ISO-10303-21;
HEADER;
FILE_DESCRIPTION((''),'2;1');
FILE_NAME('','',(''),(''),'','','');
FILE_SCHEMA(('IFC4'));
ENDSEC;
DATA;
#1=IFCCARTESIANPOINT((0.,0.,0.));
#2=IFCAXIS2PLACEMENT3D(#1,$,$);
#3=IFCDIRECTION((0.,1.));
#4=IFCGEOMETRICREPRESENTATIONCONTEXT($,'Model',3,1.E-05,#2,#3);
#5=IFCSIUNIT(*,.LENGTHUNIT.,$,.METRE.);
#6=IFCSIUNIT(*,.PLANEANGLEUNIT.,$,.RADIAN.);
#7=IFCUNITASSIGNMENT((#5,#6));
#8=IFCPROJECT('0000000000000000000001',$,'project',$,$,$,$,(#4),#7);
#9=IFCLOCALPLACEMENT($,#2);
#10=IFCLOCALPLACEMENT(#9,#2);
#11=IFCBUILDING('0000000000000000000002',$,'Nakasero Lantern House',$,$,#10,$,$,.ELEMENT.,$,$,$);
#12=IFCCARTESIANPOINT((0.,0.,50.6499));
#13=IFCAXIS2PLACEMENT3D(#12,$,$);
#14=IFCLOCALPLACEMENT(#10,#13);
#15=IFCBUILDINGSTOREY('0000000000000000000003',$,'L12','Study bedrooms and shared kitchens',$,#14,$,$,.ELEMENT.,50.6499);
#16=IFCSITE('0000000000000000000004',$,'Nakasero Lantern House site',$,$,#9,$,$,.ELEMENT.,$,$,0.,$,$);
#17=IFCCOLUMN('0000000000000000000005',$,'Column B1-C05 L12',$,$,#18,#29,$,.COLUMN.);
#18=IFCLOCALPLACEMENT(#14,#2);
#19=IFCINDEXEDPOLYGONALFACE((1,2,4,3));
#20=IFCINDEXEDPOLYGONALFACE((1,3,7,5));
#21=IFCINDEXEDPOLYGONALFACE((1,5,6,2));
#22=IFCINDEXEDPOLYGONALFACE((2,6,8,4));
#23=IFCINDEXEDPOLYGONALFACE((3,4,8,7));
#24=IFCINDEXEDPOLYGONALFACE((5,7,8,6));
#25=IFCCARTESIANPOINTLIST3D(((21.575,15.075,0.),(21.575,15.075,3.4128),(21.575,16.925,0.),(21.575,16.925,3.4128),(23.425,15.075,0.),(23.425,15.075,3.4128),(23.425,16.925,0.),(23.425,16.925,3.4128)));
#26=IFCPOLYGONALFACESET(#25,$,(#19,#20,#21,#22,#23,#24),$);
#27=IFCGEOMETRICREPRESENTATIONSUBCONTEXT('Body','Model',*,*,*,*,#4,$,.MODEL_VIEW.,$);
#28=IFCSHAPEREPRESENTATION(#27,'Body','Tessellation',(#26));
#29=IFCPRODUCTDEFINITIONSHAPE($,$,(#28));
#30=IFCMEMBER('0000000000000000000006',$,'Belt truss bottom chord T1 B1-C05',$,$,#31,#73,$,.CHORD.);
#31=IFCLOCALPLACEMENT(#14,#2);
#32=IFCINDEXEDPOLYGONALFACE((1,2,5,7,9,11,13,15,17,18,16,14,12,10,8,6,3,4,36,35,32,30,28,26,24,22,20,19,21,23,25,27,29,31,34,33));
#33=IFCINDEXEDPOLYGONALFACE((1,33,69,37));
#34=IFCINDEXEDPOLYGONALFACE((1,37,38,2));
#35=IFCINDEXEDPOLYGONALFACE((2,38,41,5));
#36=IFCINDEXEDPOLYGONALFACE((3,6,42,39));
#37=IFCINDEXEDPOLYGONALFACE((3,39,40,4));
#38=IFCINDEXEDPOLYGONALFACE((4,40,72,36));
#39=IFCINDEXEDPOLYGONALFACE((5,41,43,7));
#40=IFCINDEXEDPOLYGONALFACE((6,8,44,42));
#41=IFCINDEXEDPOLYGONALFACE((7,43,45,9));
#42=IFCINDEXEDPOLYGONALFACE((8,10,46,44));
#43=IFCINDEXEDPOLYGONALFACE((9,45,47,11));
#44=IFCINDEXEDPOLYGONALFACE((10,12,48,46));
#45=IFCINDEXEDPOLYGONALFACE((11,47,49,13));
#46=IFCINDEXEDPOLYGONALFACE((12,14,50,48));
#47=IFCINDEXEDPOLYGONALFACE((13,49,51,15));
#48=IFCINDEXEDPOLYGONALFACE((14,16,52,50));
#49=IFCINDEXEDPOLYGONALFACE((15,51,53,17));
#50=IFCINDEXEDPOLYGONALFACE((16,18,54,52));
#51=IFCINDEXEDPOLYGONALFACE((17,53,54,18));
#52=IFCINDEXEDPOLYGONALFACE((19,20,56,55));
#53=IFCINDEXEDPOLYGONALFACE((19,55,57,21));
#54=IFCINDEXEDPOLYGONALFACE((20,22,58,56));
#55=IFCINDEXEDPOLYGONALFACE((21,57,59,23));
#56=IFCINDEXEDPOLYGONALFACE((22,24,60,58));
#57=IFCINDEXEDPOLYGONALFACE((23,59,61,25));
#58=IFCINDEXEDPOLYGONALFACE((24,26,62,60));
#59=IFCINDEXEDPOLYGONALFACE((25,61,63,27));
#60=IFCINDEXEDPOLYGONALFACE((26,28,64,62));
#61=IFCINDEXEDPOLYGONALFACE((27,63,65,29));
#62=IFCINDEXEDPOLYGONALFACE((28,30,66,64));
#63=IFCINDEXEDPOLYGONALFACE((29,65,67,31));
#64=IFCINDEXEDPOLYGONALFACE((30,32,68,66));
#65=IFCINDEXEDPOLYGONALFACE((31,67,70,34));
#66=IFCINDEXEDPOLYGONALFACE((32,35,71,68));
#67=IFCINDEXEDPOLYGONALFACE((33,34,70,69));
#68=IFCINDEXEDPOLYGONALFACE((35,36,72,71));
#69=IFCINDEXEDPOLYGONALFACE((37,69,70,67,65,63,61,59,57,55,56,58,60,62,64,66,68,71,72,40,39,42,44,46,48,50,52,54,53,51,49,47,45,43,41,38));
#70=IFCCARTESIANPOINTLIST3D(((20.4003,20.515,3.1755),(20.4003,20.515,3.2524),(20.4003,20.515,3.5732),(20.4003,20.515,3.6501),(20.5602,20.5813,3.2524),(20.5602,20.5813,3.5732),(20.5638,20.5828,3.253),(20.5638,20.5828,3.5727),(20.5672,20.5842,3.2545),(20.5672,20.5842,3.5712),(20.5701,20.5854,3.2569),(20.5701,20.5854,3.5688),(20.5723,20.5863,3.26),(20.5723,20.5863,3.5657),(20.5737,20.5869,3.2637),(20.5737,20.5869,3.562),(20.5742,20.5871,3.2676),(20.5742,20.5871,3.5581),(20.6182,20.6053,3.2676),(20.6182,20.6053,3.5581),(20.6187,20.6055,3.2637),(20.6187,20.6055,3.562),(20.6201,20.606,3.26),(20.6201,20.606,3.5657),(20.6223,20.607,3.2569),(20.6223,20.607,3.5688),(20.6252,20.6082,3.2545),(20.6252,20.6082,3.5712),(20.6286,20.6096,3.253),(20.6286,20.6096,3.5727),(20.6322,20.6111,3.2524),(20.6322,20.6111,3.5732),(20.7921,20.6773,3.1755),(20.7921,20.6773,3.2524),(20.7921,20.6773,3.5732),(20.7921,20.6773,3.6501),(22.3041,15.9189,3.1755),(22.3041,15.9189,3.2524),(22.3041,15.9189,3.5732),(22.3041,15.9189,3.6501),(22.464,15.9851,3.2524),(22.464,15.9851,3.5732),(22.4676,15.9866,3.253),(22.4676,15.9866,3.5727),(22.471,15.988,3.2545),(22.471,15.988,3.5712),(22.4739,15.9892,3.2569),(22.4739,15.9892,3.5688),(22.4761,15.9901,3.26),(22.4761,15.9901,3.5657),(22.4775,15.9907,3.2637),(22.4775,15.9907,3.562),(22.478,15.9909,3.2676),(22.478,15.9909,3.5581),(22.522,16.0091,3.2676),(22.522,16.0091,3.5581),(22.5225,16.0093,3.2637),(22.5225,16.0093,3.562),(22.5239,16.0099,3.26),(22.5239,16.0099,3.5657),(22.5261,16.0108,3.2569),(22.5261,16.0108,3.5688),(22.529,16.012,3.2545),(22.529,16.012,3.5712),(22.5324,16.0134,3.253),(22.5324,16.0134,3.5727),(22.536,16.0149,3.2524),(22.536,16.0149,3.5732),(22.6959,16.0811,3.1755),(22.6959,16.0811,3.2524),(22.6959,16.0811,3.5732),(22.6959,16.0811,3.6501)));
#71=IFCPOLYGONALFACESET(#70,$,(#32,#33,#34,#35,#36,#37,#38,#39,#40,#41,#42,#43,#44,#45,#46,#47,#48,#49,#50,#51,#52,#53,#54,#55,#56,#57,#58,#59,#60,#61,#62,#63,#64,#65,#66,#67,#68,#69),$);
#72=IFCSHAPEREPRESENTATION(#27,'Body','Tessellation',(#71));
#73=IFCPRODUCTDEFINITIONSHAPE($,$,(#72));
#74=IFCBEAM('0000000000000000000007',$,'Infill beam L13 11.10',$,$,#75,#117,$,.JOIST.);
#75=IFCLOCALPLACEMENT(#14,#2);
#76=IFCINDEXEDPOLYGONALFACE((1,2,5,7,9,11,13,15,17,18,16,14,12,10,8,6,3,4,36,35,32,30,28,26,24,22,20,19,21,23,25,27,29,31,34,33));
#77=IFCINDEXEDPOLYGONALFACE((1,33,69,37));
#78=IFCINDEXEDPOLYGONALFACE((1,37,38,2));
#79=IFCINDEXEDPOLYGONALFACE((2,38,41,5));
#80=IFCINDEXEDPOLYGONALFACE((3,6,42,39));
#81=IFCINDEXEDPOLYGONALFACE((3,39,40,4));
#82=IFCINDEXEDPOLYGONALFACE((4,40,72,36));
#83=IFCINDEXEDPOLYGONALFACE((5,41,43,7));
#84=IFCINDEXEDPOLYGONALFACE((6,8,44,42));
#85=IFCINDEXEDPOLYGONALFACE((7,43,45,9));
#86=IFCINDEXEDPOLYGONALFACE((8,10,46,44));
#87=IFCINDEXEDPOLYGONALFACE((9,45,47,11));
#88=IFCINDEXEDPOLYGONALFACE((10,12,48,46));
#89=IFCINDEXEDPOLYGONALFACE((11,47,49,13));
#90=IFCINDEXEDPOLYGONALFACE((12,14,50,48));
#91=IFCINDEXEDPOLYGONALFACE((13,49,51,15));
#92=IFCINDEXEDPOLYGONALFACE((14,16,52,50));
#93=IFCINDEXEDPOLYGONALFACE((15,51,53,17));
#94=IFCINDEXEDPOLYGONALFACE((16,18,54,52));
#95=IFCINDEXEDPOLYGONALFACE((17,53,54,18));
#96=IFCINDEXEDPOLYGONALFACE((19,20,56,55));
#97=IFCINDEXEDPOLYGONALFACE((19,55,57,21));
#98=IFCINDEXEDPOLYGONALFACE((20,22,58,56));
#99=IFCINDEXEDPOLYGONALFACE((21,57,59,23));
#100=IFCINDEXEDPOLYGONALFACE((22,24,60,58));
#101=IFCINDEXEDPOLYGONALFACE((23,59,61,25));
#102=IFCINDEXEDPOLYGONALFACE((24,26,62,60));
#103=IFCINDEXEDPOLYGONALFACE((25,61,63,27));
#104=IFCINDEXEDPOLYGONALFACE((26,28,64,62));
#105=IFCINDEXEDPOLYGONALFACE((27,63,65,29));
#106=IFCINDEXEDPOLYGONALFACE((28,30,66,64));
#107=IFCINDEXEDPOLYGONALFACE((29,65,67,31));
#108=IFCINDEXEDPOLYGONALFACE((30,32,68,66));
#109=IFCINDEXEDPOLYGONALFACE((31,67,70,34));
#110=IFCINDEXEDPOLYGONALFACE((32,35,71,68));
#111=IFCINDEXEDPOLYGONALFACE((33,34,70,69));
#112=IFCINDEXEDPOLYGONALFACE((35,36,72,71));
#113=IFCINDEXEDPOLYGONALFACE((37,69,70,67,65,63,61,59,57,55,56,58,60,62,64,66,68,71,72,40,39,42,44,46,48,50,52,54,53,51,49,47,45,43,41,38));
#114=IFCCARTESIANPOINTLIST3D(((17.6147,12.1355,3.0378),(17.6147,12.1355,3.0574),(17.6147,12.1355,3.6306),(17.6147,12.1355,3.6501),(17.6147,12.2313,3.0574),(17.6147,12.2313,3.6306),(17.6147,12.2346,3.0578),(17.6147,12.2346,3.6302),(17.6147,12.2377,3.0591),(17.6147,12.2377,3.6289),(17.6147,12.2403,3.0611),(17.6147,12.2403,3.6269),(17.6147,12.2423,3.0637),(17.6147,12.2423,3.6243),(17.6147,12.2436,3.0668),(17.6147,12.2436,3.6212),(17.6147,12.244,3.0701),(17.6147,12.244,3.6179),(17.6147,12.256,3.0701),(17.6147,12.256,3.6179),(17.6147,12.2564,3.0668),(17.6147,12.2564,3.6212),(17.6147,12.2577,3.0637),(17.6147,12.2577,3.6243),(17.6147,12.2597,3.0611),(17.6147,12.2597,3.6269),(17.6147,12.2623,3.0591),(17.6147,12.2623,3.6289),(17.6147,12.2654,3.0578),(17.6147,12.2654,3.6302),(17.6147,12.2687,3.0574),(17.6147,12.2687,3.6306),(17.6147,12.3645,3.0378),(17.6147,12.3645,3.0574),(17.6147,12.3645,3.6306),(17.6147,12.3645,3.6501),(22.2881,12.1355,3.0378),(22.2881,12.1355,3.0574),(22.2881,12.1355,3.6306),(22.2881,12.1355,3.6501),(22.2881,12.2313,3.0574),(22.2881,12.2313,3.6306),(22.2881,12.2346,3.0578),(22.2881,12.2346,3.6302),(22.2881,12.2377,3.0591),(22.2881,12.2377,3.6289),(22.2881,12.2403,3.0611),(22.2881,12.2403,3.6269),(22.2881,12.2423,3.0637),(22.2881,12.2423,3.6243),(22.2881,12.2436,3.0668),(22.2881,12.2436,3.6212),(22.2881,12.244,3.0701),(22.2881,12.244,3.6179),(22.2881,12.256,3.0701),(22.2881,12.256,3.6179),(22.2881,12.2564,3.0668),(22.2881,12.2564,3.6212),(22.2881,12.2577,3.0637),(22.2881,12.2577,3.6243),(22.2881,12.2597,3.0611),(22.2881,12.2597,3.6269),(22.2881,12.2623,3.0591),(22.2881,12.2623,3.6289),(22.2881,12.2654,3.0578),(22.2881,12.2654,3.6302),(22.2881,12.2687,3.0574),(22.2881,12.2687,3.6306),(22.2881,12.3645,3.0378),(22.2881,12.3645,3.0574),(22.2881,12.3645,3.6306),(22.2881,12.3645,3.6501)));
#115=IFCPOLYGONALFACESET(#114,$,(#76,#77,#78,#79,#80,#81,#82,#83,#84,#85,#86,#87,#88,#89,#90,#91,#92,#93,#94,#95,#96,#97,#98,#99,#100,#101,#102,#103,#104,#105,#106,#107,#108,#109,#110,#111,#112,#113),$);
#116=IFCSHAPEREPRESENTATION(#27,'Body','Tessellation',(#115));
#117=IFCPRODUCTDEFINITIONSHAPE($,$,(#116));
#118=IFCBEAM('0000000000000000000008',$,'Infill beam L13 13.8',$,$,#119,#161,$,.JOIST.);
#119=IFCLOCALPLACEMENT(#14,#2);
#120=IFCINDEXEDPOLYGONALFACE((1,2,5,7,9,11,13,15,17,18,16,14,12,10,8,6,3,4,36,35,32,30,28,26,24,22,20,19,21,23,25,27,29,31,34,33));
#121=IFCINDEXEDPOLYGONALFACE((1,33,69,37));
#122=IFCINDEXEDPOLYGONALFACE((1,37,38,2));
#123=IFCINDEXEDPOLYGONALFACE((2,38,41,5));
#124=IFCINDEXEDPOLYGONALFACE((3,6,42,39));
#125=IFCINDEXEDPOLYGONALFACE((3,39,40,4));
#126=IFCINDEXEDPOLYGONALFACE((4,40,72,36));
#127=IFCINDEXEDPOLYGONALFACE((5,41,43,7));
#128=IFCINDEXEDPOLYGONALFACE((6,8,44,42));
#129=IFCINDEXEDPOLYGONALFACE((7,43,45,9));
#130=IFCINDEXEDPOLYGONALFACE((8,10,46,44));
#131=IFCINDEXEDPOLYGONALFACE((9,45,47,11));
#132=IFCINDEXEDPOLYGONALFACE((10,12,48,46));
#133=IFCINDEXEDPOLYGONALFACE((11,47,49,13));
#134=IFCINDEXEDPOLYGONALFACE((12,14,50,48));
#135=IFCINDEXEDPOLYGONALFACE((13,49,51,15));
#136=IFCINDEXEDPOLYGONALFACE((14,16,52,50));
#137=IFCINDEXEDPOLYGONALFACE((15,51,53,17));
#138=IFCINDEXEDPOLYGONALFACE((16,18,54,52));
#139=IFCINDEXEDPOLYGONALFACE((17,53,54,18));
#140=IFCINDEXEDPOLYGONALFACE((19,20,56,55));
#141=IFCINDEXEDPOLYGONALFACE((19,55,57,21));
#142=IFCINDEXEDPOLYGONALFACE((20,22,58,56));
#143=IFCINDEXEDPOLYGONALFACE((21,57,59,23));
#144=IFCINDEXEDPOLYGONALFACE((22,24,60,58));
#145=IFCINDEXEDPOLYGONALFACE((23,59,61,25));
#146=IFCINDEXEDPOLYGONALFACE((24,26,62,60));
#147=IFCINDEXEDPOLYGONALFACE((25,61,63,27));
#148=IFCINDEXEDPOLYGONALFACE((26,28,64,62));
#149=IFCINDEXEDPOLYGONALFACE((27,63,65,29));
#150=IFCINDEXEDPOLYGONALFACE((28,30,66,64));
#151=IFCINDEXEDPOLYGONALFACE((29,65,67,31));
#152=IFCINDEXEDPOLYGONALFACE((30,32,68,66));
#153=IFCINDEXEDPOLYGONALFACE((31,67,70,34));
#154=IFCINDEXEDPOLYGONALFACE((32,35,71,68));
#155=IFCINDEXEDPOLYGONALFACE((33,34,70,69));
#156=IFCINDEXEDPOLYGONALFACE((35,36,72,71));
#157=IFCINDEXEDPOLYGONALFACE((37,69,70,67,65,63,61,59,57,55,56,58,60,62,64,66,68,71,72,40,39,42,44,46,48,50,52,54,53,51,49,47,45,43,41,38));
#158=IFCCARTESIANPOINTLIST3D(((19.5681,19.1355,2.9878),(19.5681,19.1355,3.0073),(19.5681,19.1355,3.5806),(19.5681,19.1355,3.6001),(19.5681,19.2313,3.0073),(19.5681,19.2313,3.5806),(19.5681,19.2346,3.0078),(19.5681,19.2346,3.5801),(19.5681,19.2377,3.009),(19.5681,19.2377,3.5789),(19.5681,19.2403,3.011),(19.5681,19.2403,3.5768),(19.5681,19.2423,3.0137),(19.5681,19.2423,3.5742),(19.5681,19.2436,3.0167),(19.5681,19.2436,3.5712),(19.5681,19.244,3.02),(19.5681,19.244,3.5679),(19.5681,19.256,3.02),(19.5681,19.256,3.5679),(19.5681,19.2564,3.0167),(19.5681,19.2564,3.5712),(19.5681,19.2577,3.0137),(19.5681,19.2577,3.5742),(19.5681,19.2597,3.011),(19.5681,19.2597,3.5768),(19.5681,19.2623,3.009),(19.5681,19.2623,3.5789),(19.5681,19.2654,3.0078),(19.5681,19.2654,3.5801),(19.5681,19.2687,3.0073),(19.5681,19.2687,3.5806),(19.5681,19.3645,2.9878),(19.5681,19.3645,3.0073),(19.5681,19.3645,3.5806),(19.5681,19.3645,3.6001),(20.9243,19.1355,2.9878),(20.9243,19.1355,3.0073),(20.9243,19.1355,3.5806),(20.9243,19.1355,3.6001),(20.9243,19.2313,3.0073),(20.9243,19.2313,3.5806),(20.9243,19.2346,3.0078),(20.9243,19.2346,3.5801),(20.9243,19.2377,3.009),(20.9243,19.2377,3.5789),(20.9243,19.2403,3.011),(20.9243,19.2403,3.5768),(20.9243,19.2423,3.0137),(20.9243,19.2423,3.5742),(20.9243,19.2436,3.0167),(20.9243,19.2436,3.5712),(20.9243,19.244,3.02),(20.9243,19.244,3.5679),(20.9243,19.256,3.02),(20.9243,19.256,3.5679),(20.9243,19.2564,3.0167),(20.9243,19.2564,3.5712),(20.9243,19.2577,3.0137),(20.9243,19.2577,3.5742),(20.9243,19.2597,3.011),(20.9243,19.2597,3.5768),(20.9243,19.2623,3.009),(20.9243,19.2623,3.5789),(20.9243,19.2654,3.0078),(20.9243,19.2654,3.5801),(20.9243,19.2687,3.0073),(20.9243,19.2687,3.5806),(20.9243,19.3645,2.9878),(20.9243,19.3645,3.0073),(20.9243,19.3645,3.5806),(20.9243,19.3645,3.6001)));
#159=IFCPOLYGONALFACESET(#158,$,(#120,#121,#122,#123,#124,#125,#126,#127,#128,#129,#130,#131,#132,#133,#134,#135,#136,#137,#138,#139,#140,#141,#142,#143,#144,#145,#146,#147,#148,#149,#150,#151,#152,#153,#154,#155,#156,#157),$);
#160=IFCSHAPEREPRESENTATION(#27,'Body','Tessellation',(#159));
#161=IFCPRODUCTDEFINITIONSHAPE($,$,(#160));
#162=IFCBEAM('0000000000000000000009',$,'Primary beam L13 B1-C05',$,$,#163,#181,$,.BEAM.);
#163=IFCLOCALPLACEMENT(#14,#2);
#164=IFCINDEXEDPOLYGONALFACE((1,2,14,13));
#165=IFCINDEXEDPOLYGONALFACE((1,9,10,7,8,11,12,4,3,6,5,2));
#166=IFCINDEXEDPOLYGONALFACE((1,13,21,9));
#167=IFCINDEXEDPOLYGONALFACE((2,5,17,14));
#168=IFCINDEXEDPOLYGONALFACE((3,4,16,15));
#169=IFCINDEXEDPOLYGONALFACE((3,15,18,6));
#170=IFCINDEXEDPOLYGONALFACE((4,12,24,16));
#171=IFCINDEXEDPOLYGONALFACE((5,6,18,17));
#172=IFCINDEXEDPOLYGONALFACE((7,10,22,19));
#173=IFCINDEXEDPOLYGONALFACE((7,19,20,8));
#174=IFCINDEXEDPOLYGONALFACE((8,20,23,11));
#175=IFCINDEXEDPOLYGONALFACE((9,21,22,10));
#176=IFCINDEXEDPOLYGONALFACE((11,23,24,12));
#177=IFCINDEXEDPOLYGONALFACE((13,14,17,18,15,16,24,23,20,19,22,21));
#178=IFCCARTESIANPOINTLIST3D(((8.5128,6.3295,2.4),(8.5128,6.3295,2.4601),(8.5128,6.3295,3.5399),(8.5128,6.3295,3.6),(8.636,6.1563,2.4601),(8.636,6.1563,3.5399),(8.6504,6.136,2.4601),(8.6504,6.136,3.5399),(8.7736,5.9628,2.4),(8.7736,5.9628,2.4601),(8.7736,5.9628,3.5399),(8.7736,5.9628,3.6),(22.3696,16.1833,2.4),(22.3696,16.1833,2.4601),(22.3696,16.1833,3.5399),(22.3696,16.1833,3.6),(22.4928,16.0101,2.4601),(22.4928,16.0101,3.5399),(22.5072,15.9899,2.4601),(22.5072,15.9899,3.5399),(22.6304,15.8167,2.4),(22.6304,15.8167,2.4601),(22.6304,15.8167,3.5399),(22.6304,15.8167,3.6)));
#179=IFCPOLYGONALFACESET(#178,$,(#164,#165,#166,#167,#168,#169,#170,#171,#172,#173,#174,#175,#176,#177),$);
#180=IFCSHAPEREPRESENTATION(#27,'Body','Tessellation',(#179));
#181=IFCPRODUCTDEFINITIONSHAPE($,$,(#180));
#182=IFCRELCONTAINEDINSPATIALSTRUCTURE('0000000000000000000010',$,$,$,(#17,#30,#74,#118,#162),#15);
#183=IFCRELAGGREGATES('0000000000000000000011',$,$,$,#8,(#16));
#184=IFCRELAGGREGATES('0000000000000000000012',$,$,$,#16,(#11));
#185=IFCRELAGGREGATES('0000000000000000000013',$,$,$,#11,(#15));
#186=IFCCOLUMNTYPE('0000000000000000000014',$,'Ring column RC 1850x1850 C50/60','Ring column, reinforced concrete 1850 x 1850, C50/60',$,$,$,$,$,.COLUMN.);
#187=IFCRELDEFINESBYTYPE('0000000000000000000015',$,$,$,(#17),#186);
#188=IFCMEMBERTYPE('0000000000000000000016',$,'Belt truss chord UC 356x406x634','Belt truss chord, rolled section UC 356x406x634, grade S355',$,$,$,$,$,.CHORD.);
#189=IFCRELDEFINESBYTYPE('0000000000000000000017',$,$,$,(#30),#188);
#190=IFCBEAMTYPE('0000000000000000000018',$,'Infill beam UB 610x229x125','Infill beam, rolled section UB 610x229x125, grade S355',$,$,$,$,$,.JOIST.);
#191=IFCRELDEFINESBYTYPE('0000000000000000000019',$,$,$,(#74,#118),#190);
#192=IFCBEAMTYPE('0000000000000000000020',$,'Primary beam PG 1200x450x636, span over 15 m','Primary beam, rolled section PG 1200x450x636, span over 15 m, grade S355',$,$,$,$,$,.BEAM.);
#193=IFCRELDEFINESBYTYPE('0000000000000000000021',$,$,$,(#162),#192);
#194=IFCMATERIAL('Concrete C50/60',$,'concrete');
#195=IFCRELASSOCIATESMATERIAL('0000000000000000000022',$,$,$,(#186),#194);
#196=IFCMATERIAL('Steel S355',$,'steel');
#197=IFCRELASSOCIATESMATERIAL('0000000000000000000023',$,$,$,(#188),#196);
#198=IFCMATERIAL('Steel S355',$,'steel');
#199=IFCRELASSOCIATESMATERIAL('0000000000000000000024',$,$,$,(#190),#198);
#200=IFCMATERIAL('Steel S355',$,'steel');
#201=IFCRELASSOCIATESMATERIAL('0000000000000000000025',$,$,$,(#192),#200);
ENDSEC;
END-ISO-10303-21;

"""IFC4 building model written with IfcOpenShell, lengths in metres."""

from ifc_helpers import new_model, si_unit, direction, frame, origin, origin_2d, place, context, subcontext, project, spatial, rectangle, i_section, extrude, material, material_profile, profile_set, type_object, element, save


model = new_model("IFC4")

# Units and contexts
model_context = context("Model", 3, precision=1e-05, world=origin(), true_north=direction((0.0, 1.0)))
body_context = subcontext(model_context, "Body", "Model", "MODEL_VIEW")
ifc_project = project(units=[si_unit("LENGTHUNIT", "METRE"), si_unit("PLANEANGLEUNIT", "RADIAN")], contexts=[model_context])

# Site, building, storey
site_placement = place(None, origin())
site = spatial("IfcSite", under=ifc_project, at=site_placement, Name="Nakasero Lantern House site", CompositionType="ELEMENT", RefElevation=0.0)
building_placement = place(site_placement, origin())
building = spatial("IfcBuilding", under=site, at=building_placement, Name="Nakasero Lantern House", CompositionType="ELEMENT")
storey_placement = place(building_placement, frame((0.0, 0.0, 50.6499)))
storey = spatial("IfcBuildingStorey", under=building, at=storey_placement, Name="L12", Description="Study bedrooms and shared kitchens", CompositionType="ELEMENT", Elevation=50.6499)

# Column
ifc_material_1 = material(Name="Concrete C50/60", Category="concrete")
ifc_material_profile_1 = material_profile(ifc_material_1, rectangle(XDim=1.8501, YDim=1.8501, at=origin_2d()), Name="RC 1850x1850")
ifc_profile_set_1 = profile_set([ifc_material_profile_1], Name="Concrete C50/60")
column_type = type_object("IfcColumnType", Name="Ring column RC 1850x1850 C50/60", Description="Ring column, reinforced concrete 1850 x 1850, C50/60", PredefinedType="COLUMN", material=ifc_profile_set_1)
column_placement = place(storey_placement, frame((22.5, 16.0, 0.0), z_axis=(0.0, 0.0, 1.0), x_axis=(1.0, 0.0, 0.0)))
element("IfcColumn", 1, at=column_placement, inside=storey, type_object=column_type, Name="Column B1-C05 L12", PredefinedType="COLUMN", context=body_context, shape_type="SweptSolid", body=[
    extrude(rectangle(XDim=1.8501, YDim=1.8501, at=origin_2d()), origin(), (0.0, 0.0, 1.0), 3.4128),
])

# Member
ifc_material_2 = material(Name="Steel S355", Category="steel")
ifc_material_profile_2 = material_profile(ifc_material_2, i_section(OverallWidth=0.4241, OverallDepth=0.4746, WebThickness=0.0476, FlangeThickness=0.0769, FilletRadius=0.0151, at=origin_2d()), Name="UC 356x406x634")
ifc_profile_set_2 = profile_set([ifc_material_profile_2], Name="Steel S355")
member_type = type_object("IfcMemberType", Name="Belt truss chord UC 356x406x634", Description="Belt truss chord, rolled section UC 356x406x634, grade S355", PredefinedType="CHORD", material=ifc_profile_set_2)
member_placement = place(storey_placement, frame((22.5, 16.0, 3.4128), z_axis=(-0.382684, 0.923879, 0.0), x_axis=(-0.923879, -0.382684, 0.0)))
element("IfcMember", 2, at=member_placement, inside=storey, type_object=member_type, Name="Belt truss bottom chord T1 B1-C05", PredefinedType="CHORD", context=body_context, shape_type="SweptSolid", body=[
    extrude(i_section(OverallWidth=0.4241, OverallDepth=0.4746, WebThickness=0.0476, FlangeThickness=0.0769, FilletRadius=0.0151, at=origin_2d()), origin(), (0.0, 0.0, 1.0), 4.9749),
])

# Beams
ifc_material_3 = material(Name="Steel S355", Category="steel")
ifc_material_profile_3 = material_profile(ifc_material_3, i_section(OverallWidth=0.229, OverallDepth=0.6123, WebThickness=0.012, FlangeThickness=0.0195, FilletRadius=0.0127, at=origin_2d()), Name="UB 610x229x125")
ifc_profile_set_3 = profile_set([ifc_material_profile_3], Name="Steel S355")
beam_type_1 = type_object("IfcBeamType", Name="Infill beam UB 610x229x125", Description="Infill beam, rolled section UB 610x229x125, grade S355", PredefinedType="JOIST", material=ifc_profile_set_3)
beam_1_placement = place(storey_placement, frame((17.6147, 12.25, 3.344), z_axis=(1.0, 0.0, 0.0), x_axis=(0.0, 1.0, 0.0)))
element("IfcBeam", 3, at=beam_1_placement, inside=storey, type_object=beam_type_1, Name="Infill beam L13 11.10", PredefinedType="JOIST", context=body_context, shape_type="SweptSolid", body=[
    extrude(i_section(OverallWidth=0.229, OverallDepth=0.6123, WebThickness=0.012, FlangeThickness=0.0195, FilletRadius=0.0127, at=origin_2d()), origin(), (0.0, 0.0, 1.0), 4.6733),
])
beam_2_placement = place(storey_placement, frame((19.5681, 19.25, 3.2939), z_axis=(1.0, 0.0, 0.0), x_axis=(0.0, 1.0, 0.0)))
element("IfcBeam", 4, at=beam_2_placement, inside=storey, type_object=beam_type_1, Name="Infill beam L13 13.8", PredefinedType="JOIST", context=body_context, shape_type="SweptSolid", body=[
    extrude(i_section(OverallWidth=0.229, OverallDepth=0.6123, WebThickness=0.012, FlangeThickness=0.0195, FilletRadius=0.0127, at=origin_2d()), origin(), (0.0, 0.0, 1.0), 1.3562),
])
ifc_material_4 = material(Name="Steel S355", Category="steel")
ifc_material_profile_4 = material_profile(ifc_material_4, i_section(OverallWidth=0.45, OverallDepth=1.2, WebThickness=0.0249, FlangeThickness=0.0601, at=origin_2d()), Name="PG 1200x450x636")
ifc_profile_set_4 = profile_set([ifc_material_profile_4], Name="Steel S355")
beam_type_2 = type_object("IfcBeamType", Name="Primary beam PG 1200x450x636, span over 15 m", Description="Primary beam, rolled section PG 1200x450x636, span over 15 m, grade S355", PredefinedType="BEAM", material=ifc_profile_set_4)
beam_3_placement = place(storey_placement, frame((22.5, 16.0, 3.0), z_axis=(-0.814952, -0.579528, 0.0), x_axis=(0.579528, -0.814952, 0.0)))
element("IfcBeam", 5, at=beam_3_placement, inside=storey, type_object=beam_type_2, Name="Primary beam L13 B1-C05", PredefinedType="BEAM", context=body_context, shape_type="SweptSolid", body=[
    extrude(i_section(OverallWidth=0.45, OverallDepth=1.2, WebThickness=0.0249, FlangeThickness=0.0601, at=origin_2d()), origin(), (0.0, 0.0, 1.0), 17.0032),
])

save(model, "model.ifc")
